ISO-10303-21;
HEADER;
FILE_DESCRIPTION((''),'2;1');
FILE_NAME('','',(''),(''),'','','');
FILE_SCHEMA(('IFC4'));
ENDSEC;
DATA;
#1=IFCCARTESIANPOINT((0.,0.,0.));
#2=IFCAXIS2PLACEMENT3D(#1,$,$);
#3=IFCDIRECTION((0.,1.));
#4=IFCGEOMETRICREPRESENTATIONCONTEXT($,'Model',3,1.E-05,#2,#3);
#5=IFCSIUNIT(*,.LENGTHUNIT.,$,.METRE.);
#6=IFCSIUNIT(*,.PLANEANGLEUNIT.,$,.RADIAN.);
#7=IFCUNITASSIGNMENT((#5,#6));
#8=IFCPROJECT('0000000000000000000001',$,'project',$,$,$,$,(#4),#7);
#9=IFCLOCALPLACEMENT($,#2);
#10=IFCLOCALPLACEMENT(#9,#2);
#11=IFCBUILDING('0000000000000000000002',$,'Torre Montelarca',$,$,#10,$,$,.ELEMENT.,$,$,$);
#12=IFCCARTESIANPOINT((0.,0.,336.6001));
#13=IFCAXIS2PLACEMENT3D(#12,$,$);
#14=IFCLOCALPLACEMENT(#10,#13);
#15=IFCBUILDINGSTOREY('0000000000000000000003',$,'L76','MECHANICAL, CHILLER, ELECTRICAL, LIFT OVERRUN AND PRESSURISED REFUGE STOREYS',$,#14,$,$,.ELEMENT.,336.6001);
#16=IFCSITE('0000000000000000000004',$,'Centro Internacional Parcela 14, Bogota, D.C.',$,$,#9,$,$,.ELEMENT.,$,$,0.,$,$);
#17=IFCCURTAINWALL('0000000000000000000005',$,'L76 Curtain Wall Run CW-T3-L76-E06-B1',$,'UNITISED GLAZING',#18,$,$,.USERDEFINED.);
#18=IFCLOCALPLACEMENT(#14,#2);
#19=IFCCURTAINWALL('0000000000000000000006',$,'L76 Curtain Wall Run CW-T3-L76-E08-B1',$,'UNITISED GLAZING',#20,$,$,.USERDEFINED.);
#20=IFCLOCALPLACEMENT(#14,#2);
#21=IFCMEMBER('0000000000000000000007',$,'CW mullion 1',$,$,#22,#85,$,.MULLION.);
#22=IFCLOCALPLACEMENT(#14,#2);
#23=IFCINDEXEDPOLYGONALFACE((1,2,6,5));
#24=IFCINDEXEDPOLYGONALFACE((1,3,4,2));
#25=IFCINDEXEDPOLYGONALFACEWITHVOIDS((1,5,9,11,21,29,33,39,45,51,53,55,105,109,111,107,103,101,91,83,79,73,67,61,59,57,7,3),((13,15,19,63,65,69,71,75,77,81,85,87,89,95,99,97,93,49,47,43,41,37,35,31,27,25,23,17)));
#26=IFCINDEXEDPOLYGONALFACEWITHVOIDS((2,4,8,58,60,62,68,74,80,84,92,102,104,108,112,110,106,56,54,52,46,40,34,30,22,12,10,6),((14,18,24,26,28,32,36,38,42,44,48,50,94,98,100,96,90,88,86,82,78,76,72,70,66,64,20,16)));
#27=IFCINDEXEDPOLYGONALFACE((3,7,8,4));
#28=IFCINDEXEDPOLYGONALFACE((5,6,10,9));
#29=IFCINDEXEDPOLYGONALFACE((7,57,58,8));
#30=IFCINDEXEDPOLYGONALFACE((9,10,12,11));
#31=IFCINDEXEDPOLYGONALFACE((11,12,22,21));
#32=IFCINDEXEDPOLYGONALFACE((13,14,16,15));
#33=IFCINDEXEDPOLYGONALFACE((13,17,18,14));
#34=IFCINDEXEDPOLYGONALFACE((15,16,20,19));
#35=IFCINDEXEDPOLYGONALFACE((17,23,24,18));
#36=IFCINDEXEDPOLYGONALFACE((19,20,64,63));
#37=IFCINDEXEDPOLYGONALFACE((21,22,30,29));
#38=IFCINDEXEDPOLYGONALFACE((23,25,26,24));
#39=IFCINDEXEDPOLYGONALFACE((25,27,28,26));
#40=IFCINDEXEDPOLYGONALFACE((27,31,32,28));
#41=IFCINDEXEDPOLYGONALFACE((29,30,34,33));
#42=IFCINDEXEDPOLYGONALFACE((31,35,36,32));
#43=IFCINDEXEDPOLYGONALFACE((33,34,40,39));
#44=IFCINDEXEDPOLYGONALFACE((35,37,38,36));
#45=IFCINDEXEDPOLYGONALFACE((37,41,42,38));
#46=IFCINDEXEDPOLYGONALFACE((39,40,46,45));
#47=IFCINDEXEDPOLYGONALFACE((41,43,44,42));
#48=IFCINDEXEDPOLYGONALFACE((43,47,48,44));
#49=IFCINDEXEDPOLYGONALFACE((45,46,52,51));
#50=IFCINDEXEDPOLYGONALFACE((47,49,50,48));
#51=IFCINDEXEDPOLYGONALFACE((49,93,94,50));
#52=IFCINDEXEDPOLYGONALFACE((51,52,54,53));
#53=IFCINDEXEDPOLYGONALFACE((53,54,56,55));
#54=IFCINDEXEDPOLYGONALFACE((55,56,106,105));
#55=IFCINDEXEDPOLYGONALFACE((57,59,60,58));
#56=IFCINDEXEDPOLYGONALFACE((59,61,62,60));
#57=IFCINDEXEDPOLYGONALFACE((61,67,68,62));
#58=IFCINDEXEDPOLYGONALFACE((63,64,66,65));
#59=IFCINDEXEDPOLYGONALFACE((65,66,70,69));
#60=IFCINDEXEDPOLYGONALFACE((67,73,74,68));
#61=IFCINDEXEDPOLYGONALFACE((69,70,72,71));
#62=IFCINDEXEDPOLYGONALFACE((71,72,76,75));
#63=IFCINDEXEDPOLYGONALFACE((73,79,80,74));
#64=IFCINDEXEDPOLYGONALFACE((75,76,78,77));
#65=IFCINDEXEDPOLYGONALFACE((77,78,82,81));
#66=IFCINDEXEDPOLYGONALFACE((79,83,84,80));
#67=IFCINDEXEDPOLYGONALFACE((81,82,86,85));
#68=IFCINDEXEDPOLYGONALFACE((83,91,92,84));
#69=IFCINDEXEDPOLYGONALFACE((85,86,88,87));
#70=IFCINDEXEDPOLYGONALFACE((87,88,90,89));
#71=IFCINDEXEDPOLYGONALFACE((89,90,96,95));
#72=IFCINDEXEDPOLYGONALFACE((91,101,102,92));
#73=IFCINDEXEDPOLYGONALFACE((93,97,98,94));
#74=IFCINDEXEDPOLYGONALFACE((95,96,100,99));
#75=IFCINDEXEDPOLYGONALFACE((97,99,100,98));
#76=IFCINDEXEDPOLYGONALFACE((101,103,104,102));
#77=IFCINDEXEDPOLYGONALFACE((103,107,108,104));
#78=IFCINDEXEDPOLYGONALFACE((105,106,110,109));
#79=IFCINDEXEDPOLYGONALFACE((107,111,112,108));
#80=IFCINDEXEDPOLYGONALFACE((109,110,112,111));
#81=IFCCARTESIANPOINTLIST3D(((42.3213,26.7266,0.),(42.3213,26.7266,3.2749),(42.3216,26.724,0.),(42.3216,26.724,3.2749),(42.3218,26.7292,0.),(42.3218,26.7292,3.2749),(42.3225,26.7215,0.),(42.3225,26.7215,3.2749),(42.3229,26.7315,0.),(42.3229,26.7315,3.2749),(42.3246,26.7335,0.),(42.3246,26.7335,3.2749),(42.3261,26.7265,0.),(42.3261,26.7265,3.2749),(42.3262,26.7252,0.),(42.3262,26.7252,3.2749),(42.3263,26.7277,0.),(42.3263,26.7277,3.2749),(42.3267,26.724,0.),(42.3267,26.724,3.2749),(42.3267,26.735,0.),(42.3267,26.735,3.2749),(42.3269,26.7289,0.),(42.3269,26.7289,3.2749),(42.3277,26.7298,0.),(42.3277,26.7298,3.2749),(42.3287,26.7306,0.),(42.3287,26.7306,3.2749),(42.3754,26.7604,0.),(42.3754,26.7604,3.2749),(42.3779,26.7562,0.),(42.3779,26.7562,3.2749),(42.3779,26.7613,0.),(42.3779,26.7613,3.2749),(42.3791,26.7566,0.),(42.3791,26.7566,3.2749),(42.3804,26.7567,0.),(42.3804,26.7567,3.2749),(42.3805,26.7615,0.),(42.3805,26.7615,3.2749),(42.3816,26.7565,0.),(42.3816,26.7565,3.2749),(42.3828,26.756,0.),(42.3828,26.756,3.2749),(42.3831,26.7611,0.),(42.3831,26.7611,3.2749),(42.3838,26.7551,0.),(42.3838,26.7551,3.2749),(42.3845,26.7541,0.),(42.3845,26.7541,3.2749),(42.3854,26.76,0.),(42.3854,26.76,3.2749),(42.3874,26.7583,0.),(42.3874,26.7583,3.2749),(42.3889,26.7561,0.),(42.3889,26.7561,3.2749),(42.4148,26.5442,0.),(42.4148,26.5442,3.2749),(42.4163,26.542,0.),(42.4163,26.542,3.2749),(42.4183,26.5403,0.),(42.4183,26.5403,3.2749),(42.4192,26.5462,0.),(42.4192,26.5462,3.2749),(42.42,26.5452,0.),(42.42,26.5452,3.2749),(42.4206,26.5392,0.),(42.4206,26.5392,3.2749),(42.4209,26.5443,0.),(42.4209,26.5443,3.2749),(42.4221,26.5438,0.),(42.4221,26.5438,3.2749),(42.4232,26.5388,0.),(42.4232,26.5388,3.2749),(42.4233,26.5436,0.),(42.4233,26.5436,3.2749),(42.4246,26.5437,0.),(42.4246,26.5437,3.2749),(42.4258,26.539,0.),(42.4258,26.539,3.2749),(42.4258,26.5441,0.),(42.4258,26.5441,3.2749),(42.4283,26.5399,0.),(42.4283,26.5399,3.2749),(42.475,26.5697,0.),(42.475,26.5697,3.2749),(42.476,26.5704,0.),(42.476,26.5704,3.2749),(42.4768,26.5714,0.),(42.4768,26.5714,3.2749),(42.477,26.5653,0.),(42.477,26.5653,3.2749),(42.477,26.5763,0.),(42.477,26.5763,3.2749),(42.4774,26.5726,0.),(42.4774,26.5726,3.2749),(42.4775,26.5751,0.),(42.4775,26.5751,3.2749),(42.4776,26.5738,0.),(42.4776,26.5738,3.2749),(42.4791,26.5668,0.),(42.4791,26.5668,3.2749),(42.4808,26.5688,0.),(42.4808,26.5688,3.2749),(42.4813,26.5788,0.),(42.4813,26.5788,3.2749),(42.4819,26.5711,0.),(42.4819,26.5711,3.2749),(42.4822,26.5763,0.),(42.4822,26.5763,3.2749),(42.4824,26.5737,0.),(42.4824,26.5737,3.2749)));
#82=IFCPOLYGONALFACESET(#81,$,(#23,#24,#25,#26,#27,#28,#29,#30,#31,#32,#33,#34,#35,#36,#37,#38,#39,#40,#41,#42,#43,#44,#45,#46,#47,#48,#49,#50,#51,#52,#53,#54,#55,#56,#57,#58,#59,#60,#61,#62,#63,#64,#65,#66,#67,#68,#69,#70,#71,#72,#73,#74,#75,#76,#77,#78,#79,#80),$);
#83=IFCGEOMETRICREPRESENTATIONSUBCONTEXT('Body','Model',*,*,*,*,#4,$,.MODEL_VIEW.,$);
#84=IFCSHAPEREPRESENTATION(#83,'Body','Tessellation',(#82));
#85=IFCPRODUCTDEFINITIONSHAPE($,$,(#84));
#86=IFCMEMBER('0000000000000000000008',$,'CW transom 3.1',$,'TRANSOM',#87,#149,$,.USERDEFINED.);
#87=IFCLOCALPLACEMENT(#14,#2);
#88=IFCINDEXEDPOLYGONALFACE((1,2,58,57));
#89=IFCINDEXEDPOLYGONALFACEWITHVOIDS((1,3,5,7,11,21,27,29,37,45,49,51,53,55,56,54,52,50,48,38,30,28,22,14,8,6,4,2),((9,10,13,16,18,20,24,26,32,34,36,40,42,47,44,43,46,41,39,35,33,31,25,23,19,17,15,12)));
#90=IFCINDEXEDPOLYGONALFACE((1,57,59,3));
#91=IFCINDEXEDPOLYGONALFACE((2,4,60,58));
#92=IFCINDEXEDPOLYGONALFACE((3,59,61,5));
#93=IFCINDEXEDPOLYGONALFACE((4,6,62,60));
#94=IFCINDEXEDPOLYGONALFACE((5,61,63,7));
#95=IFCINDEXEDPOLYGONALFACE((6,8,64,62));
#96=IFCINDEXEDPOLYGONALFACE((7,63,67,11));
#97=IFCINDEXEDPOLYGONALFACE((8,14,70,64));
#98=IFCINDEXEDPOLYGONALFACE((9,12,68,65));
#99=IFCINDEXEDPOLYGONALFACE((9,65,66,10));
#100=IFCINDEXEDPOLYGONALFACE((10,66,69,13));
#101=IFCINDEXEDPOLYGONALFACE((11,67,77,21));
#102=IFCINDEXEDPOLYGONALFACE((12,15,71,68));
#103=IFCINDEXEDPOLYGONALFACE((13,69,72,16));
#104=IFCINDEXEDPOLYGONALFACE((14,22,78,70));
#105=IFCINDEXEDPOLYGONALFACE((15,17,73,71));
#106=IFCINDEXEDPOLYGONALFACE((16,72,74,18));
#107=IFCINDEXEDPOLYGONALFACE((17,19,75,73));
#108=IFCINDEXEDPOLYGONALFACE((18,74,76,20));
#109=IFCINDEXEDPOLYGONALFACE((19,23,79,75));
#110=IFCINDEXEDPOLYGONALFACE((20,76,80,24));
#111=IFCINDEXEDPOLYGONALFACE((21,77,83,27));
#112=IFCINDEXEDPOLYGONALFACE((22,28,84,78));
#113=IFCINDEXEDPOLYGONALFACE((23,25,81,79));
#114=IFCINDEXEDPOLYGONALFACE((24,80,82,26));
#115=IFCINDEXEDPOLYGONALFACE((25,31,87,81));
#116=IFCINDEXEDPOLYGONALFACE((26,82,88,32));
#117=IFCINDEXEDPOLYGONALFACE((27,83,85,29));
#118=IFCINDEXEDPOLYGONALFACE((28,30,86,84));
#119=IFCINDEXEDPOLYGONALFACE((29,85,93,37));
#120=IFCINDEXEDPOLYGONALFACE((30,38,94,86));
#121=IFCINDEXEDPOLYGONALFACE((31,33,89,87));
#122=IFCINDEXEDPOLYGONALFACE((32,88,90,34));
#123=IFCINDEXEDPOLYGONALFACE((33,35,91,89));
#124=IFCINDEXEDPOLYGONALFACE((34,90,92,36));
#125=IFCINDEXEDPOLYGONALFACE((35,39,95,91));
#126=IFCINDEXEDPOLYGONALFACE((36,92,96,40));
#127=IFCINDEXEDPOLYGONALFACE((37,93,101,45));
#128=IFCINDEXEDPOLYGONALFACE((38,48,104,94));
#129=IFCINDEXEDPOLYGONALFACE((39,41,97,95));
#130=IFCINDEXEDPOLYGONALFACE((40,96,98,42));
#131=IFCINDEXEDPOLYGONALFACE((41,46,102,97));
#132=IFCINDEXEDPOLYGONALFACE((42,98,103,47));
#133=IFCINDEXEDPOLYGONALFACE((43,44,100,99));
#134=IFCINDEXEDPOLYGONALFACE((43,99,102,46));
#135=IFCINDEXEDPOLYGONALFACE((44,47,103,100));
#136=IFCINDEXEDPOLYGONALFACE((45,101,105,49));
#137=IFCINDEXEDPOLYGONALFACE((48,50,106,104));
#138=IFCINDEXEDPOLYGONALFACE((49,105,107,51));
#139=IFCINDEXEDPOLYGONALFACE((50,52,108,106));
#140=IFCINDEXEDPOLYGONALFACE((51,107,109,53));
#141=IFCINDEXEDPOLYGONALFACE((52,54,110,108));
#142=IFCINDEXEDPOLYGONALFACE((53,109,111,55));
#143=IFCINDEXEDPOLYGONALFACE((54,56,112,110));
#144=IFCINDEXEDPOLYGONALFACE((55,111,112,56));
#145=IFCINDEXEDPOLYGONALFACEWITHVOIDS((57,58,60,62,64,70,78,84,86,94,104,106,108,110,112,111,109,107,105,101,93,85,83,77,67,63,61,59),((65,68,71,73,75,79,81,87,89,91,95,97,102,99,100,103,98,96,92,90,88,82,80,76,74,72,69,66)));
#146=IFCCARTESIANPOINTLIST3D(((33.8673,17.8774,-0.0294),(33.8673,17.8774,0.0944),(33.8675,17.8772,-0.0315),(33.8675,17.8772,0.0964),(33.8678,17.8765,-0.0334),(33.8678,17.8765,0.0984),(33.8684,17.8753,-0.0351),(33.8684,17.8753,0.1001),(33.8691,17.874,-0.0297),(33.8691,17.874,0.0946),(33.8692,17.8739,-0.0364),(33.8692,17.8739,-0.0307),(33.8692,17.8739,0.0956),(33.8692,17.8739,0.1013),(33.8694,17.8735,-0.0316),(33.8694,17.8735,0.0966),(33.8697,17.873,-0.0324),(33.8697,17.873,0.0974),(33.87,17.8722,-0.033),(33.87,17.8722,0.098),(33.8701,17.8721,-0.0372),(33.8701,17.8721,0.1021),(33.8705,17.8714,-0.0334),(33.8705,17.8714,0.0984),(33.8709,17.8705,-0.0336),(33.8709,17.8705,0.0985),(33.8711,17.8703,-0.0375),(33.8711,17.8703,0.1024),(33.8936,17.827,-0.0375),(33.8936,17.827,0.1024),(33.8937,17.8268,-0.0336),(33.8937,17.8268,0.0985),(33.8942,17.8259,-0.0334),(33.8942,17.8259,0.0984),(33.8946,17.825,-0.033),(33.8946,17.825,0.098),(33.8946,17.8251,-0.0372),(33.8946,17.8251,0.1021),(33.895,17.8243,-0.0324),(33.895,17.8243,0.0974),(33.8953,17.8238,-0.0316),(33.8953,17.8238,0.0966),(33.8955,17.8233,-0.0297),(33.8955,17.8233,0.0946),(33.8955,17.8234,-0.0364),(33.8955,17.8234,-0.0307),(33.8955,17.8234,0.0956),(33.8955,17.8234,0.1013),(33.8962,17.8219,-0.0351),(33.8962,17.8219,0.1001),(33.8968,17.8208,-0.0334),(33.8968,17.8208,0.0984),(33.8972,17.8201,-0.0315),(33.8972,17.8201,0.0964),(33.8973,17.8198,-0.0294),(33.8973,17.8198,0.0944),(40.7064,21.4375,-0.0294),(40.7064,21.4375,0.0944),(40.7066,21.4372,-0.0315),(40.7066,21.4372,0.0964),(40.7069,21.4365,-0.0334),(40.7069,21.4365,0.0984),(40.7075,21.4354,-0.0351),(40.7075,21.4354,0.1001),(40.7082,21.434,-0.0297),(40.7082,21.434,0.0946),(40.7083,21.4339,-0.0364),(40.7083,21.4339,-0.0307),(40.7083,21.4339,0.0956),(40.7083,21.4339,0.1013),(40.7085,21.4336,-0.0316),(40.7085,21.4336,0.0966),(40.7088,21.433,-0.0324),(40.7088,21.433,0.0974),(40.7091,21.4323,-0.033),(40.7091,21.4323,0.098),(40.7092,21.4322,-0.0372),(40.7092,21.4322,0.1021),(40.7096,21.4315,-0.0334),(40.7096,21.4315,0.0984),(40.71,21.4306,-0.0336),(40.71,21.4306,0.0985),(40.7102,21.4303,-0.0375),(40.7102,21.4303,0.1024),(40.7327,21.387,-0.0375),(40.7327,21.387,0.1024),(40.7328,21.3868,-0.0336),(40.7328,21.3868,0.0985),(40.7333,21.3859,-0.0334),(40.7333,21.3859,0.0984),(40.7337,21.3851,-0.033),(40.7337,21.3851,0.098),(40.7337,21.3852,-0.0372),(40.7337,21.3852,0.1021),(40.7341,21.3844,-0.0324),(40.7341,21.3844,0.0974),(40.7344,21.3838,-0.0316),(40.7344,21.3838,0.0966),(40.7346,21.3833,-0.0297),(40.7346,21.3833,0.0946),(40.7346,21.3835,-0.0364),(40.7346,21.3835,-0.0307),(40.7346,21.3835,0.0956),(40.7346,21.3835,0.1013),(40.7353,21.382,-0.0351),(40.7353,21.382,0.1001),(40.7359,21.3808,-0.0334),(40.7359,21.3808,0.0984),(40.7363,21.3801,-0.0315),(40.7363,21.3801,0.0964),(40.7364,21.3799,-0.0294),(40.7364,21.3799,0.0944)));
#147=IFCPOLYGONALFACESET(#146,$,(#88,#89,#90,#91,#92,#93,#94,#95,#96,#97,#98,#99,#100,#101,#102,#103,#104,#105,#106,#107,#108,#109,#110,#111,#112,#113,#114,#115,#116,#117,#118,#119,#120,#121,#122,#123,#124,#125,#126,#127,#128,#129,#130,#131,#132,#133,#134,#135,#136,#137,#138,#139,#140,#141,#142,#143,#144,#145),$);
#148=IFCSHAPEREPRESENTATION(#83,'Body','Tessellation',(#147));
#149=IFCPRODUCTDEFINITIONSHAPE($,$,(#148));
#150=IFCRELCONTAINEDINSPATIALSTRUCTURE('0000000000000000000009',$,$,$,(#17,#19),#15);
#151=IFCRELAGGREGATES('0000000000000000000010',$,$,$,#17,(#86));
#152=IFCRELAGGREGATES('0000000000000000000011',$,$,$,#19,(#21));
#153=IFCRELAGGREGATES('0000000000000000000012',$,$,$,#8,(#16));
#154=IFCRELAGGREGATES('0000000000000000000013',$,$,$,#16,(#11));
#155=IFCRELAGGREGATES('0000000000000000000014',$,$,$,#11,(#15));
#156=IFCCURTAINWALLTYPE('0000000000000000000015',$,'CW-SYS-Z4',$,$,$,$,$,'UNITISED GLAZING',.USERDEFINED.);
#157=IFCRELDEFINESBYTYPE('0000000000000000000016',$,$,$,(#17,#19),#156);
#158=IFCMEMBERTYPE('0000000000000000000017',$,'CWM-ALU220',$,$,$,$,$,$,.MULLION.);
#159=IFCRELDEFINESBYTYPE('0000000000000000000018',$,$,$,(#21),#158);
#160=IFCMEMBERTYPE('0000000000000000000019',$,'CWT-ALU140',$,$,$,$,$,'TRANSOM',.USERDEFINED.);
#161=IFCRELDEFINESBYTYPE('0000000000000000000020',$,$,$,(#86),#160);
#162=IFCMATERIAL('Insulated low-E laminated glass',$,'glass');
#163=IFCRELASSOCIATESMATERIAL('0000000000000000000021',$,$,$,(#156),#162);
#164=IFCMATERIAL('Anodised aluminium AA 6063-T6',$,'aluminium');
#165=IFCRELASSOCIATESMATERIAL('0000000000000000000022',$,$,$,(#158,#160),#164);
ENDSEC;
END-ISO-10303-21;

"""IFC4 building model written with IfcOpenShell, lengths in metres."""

from ifc_helpers import new_model, si_unit, direction, frame, origin, origin_2d, place, context, subcontext, project, spatial, hollow_rectangle, extrude, source, transform, mapped, material, material_profile, profile_set, type_object, element, aggregate, save


model = new_model("IFC4")

# Units and contexts
model_context = context("Model", 3, precision=1e-05, world=origin(), true_north=direction((0.0, 1.0)))
body_context = subcontext(model_context, "Body", "Model", "MODEL_VIEW")
ifc_project = project(units=[si_unit("LENGTHUNIT", "METRE"), si_unit("PLANEANGLEUNIT", "RADIAN")], contexts=[model_context])

# Site, building, storey
site_placement = place(None, origin())
site = spatial("IfcSite", under=ifc_project, at=site_placement, Name="Centro Internacional Parcela 14, Bogota, D.C.", CompositionType="ELEMENT", RefElevation=0.0)
building_placement = place(site_placement, origin())
building = spatial("IfcBuilding", under=site, at=building_placement, Name="Torre Montelarca", CompositionType="ELEMENT")
storey_placement = place(building_placement, frame((0.0, 0.0, 336.6001)))
storey = spatial("IfcBuildingStorey", under=building, at=storey_placement, Name="L76", Description="MECHANICAL, CHILLER, ELECTRICAL, LIFT OVERRUN AND PRESSURISED REFUGE STOREYS", CompositionType="ELEMENT", Elevation=336.6001)

# Curtain wall
ifc_material_1 = material(Name="Insulated low-E laminated glass", Category="glass")
curtain_wall_type = type_object("IfcCurtainWallType", Name="CW-SYS-Z4", ElementType="UNITISED GLAZING", PredefinedType="USERDEFINED", material=ifc_material_1)
ifc_material_2 = material(Name="Anodised aluminium AA 6063-T6", Category="aluminium")
ifc_material_profile_1 = material_profile(ifc_material_2, hollow_rectangle(XDim=0.075, YDim=0.22, WallThickness=0.0049, InnerFilletRadius=0.0049, OuterFilletRadius=0.01, at=origin_2d()), Name="ALU75X220X5", Category="aluminium")
ifc_profile_set_1 = profile_set([ifc_material_profile_1], Name="Anodised aluminium AA 6063-T6")
member_type_1 = type_object("IfcMemberType", Name="CWM-ALU220", PredefinedType="MULLION", material=ifc_profile_set_1)
curtain_wall_1_placement = place(storey_placement, origin())
curtain_wall_1 = element("IfcCurtainWall", 1, at=curtain_wall_1_placement, inside=storey, type_object=curtain_wall_type, Name="L76 Curtain Wall Run CW-T3-L76-E06-B1", ObjectType="UNITISED GLAZING", PredefinedType="USERDEFINED")

# Shared definitions
ifc_material_profile_2 = material_profile(ifc_material_2, hollow_rectangle(XDim=0.0649, YDim=0.1399, WallThickness=0.0039, InnerFilletRadius=0.0039, OuterFilletRadius=0.0081, at=origin_2d()), Name="ALU65X140X4", Category="aluminium")
ifc_profile_set_2 = profile_set([ifc_material_profile_2], Name="Anodised aluminium AA 6063-T6")
member_type_2 = type_object("IfcMemberType", Name="CWT-ALU140", ElementType="TRANSOM", PredefinedType="USERDEFINED", material=ifc_profile_set_2)

# Curtain wall, member
curtain_wall_2_placement = place(storey_placement, origin())
curtain_wall_2 = element("IfcCurtainWall", 2, at=curtain_wall_2_placement, inside=storey, type_object=curtain_wall_type, Name="L76 Curtain Wall Run CW-T3-L76-E08-B1", ObjectType="UNITISED GLAZING", PredefinedType="USERDEFINED")
shared_shape_1 = source(origin(), body_context, "Body", "SweptSolid", [
    extrude(hollow_rectangle(XDim=0.075, YDim=0.22, WallThickness=0.0049, InnerFilletRadius=0.0049, OuterFilletRadius=0.01, at=origin_2d()), origin(), (0.0, 0.0, 1.0), 3.2749),
])
member_1_placement = place(storey_placement, frame((42.4019, 26.6501, 0.0), z_axis=(0.0, 0.0, 1.0), x_axis=(-0.887012, -0.461746, 0.0)))
member_1 = element("IfcMember", 3, at=member_1_placement, type_object=member_type_1, Name="CW mullion 1", PredefinedType="MULLION", context=body_context, shape_type="MappedRepresentation", body=[
    mapped(shared_shape_1, transform((0.0, 0.0, 0.0), scale=1.0)),
])

# Member
shared_shape_2 = source(origin(), body_context, "Body", "SweptSolid", [
    extrude(hollow_rectangle(XDim=0.0649, YDim=0.1399, WallThickness=0.0039, InnerFilletRadius=0.0039, OuterFilletRadius=0.0081, at=origin_2d()), origin(), (0.0, 0.0, 1.0), 7.7102),
])
member_2_placement = place(storey_placement, frame((33.8823, 17.8486, 0.0325), z_axis=(0.887019, 0.461733, 0.0), x_axis=(-0.461733, 0.887019, 0.0)))
member_2 = element("IfcMember", 4, at=member_2_placement, type_object=member_type_2, Name="CW transom 3.1", ObjectType="TRANSOM", PredefinedType="USERDEFINED", context=body_context, shape_type="MappedRepresentation", body=[
    mapped(shared_shape_2, transform((0.0, 0.0, 0.0), scale=1.0)),
])

aggregate(curtain_wall_1, [member_2])
aggregate(curtain_wall_2, [member_1])

save(model, "model.ifc")
